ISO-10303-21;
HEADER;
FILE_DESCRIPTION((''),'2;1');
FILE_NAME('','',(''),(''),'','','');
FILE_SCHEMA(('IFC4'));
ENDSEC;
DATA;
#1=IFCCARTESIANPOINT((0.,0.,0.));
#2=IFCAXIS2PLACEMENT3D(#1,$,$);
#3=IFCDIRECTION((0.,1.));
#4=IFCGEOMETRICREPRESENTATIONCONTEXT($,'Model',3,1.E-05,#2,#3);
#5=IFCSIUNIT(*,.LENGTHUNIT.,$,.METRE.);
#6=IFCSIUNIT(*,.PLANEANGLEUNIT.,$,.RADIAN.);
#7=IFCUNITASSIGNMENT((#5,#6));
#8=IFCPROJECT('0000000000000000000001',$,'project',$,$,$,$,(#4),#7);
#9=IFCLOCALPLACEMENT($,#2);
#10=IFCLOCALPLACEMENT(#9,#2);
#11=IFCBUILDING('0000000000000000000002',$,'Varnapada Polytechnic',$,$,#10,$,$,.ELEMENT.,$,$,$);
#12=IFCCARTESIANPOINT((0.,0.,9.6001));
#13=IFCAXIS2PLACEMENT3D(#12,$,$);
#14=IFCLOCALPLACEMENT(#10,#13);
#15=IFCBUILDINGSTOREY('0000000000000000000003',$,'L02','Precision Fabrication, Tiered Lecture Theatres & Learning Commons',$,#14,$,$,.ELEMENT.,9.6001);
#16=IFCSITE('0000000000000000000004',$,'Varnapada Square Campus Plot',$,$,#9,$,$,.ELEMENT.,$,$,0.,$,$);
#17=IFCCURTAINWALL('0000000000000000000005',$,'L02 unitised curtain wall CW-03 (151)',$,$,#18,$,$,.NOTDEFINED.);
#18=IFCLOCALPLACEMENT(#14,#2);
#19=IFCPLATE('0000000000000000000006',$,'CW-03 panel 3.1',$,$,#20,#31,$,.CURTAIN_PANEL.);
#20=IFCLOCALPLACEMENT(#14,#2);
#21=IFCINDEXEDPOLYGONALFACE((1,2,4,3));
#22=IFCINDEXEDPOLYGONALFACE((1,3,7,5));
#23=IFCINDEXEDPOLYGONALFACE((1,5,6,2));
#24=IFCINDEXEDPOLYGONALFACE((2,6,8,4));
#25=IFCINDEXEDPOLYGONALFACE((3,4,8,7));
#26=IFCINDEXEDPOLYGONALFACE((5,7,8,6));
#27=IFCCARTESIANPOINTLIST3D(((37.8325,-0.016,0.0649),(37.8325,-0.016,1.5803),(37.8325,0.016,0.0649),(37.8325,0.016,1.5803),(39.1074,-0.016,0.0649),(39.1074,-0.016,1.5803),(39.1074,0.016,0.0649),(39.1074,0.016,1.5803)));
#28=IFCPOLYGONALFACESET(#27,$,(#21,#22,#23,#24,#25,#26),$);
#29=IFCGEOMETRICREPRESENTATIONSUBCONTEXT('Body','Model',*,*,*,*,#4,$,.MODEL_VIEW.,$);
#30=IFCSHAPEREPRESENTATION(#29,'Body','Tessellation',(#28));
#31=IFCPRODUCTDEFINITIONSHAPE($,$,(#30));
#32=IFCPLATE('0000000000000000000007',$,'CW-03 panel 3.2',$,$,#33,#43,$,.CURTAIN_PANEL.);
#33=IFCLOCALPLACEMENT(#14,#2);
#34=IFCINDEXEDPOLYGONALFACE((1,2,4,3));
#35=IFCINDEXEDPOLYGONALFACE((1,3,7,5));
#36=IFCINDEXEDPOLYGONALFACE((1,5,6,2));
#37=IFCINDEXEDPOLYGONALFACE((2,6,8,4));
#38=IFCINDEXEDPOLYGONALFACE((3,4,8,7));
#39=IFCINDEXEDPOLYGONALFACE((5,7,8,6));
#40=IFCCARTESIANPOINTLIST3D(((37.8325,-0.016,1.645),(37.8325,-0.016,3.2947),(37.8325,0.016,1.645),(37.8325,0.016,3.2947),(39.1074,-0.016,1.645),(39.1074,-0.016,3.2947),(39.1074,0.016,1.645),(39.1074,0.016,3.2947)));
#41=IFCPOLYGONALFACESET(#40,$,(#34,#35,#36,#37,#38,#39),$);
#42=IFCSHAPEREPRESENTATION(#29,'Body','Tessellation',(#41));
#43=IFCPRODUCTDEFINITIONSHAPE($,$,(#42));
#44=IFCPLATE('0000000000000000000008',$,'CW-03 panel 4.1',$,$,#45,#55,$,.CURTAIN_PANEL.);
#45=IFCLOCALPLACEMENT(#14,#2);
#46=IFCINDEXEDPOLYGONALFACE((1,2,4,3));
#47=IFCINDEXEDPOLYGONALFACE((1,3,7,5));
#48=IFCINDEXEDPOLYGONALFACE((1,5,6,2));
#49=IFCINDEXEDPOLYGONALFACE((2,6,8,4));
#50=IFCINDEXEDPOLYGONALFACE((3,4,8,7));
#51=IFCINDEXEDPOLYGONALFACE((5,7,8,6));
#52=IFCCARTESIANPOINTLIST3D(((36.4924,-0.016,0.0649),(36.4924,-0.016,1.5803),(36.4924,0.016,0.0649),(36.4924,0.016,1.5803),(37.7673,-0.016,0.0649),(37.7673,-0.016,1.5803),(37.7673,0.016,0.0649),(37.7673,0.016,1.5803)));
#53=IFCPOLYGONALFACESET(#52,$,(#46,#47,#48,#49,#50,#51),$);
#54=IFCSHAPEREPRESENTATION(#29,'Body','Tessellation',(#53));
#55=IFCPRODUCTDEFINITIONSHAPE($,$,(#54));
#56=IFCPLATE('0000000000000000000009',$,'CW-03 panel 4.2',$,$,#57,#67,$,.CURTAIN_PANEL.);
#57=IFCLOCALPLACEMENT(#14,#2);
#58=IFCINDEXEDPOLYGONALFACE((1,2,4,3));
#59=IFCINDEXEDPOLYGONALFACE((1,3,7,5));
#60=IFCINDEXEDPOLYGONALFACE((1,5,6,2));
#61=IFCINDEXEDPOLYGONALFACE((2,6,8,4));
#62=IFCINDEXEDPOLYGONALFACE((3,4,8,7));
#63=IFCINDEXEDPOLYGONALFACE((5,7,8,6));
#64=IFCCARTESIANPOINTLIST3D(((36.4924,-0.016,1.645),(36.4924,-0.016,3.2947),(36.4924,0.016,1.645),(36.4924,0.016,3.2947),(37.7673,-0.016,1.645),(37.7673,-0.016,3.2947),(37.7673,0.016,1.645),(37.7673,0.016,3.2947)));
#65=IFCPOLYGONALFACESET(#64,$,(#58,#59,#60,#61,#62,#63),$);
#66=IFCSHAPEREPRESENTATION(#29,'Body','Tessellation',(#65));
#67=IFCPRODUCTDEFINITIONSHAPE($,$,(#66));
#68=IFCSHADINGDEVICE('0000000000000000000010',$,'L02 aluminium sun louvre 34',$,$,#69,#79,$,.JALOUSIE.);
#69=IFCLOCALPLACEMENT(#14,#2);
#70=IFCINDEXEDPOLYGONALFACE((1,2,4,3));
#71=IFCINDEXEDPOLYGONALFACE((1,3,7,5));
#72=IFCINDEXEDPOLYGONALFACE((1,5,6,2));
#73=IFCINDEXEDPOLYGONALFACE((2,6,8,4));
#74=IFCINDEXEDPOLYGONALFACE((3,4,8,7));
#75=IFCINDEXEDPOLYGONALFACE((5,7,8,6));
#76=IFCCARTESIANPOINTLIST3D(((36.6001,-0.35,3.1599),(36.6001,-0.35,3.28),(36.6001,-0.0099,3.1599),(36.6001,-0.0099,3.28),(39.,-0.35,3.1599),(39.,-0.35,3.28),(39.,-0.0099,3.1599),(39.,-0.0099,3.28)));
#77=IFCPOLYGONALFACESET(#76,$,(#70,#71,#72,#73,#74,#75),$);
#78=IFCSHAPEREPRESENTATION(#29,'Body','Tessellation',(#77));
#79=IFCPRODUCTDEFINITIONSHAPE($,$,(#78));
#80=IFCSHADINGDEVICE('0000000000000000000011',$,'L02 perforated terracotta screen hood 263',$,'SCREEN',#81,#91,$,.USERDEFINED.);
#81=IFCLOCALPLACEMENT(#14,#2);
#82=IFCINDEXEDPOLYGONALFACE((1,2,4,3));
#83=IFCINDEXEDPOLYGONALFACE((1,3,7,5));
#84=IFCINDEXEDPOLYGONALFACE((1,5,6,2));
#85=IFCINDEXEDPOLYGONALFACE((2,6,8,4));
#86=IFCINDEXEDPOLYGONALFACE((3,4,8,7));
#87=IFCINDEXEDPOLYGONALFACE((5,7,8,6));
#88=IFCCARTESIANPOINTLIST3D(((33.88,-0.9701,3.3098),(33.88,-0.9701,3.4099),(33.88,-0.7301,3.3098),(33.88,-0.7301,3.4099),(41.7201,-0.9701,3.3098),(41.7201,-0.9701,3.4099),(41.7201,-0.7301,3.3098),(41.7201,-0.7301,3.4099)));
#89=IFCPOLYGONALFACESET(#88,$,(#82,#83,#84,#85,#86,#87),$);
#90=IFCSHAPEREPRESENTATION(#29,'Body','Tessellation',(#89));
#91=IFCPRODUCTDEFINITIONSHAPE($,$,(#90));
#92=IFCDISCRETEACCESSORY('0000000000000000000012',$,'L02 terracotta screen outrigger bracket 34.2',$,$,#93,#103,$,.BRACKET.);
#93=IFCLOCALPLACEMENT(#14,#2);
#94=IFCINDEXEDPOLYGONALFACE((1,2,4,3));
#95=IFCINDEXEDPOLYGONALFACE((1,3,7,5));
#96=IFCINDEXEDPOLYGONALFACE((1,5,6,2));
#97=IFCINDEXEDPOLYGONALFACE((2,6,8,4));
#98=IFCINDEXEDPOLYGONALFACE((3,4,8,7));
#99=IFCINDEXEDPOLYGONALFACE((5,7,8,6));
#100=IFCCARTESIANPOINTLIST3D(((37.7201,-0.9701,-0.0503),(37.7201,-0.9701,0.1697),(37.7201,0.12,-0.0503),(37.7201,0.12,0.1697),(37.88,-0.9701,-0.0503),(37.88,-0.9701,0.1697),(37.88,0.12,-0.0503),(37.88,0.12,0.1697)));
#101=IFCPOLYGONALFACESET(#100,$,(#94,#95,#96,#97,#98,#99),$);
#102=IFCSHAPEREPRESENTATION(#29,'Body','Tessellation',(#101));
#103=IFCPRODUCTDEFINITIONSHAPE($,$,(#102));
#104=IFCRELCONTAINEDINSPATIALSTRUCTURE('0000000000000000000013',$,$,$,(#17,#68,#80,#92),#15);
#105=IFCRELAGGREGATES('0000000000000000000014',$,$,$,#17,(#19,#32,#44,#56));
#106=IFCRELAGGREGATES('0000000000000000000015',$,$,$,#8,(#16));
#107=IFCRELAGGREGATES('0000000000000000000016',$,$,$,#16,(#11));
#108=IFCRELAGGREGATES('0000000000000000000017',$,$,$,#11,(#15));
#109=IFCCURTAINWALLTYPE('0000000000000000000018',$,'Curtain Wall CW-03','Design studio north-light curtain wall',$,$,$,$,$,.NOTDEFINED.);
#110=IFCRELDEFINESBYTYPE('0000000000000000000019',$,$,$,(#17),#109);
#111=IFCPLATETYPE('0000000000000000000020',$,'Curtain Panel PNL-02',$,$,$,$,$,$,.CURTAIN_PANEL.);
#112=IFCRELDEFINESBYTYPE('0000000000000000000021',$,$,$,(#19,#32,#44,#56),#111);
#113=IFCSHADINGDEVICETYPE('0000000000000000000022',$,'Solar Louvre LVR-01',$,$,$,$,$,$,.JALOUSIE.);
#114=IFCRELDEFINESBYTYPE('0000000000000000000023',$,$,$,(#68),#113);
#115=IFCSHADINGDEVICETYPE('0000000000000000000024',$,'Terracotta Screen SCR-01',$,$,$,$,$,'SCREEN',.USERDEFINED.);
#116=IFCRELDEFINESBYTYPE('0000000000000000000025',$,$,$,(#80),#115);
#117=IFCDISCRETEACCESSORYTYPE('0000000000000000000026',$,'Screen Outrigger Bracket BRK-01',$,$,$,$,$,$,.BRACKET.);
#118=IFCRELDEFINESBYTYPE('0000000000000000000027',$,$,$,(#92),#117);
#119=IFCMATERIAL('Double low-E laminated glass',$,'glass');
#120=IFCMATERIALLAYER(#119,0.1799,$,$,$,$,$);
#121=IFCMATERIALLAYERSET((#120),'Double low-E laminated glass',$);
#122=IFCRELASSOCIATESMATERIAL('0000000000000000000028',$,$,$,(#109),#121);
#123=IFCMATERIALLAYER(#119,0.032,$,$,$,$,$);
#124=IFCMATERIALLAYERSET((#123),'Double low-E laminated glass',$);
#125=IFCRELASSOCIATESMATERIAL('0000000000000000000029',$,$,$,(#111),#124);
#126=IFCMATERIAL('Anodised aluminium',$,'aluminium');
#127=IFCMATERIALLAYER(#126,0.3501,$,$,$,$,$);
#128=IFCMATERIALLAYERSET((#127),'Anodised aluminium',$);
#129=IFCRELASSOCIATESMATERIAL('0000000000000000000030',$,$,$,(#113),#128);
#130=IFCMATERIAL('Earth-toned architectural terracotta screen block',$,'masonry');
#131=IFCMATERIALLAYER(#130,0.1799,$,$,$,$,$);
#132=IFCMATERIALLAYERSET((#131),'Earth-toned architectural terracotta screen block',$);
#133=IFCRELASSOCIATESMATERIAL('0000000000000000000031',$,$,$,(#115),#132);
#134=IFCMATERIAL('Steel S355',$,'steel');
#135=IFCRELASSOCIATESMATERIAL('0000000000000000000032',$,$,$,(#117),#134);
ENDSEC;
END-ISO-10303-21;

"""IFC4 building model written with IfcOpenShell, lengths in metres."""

from ifc_helpers import new_model, si_unit, direction, frame, origin, origin_2d, place, context, subcontext, project, spatial, rectangle, extrude, material, layer, layer_set, type_object, element, aggregate, save


model = new_model("IFC4")

# Units and contexts
model_context = context("Model", 3, precision=1e-05, world=origin(), true_north=direction((0.0, 1.0)))
body_context = subcontext(model_context, "Body", "Model", "MODEL_VIEW")
ifc_project = project(units=[si_unit("LENGTHUNIT", "METRE"), si_unit("PLANEANGLEUNIT", "RADIAN")], contexts=[model_context])

# Site, building, storey
site_placement = place(None, origin())
site = spatial("IfcSite", under=ifc_project, at=site_placement, Name="Varnapada Square Campus Plot", CompositionType="ELEMENT", RefElevation=0.0)
building_placement = place(site_placement, origin())
building = spatial("IfcBuilding", under=site, at=building_placement, Name="Varnapada Polytechnic", CompositionType="ELEMENT")
storey_placement = place(building_placement, frame((0.0, 0.0, 9.6001)))
storey = spatial("IfcBuildingStorey", under=building, at=storey_placement, Name="L02", Description="Precision Fabrication, Tiered Lecture Theatres & Learning Commons", CompositionType="ELEMENT", Elevation=9.6001)

# Curtain wall, plates
ifc_material_1 = material(Name="Double low-E laminated glass", Category="glass")
ifc_layer_1 = layer(ifc_material_1, 0.1799)
ifc_layer_set_1 = layer_set([ifc_layer_1], Name="Double low-E laminated glass")
curtain_wall_type = type_object("IfcCurtainWallType", Name="Curtain Wall CW-03", Description="Design studio north-light curtain wall", PredefinedType="NOTDEFINED", material=ifc_layer_set_1)
curtain_wall_placement = place(storey_placement, origin())
curtain_wall = element("IfcCurtainWall", 1, at=curtain_wall_placement, inside=storey, type_object=curtain_wall_type, Name="L02 unitised curtain wall CW-03 (151)", PredefinedType="NOTDEFINED")
ifc_material_2 = material(Name="Anodised aluminium", Category="aluminium")
ifc_layer_2 = layer(ifc_material_1, 0.032)
ifc_layer_set_2 = layer_set([ifc_layer_2], Name="Double low-E laminated glass")
plate_type = type_object("IfcPlateType", Name="Curtain Panel PNL-02", PredefinedType="CURTAIN_PANEL", material=ifc_layer_set_2)
plate_1_placement = place(storey_placement, frame((38.47, 0.0, 0.0649), z_axis=(0.0, 0.0, 1.0), x_axis=(-1.0, 0.0, 0.0)))
plate_1 = element("IfcPlate", 2, at=plate_1_placement, type_object=plate_type, Name="CW-03 panel 3.1", PredefinedType="CURTAIN_PANEL", context=body_context, shape_type="SweptSolid", body=[
    extrude(rectangle(XDim=1.2749, YDim=0.032, at=origin_2d()), origin(), (0.0, 0.0, 1.0), 1.5154),
])
plate_2_placement = place(storey_placement, frame((38.47, 0.0, 1.645), z_axis=(0.0, 0.0, 1.0), x_axis=(-1.0, 0.0, 0.0)))
plate_2 = element("IfcPlate", 3, at=plate_2_placement, type_object=plate_type, Name="CW-03 panel 3.2", PredefinedType="CURTAIN_PANEL", context=body_context, shape_type="SweptSolid", body=[
    extrude(rectangle(XDim=1.2749, YDim=0.032, at=origin_2d()), origin(), (0.0, 0.0, 1.0), 1.6497),
])
plate_3_placement = place(storey_placement, frame((37.1299, 0.0, 0.0649), z_axis=(0.0, 0.0, 1.0), x_axis=(-1.0, 0.0, 0.0)))
plate_3 = element("IfcPlate", 4, at=plate_3_placement, type_object=plate_type, Name="CW-03 panel 4.1", PredefinedType="CURTAIN_PANEL", context=body_context, shape_type="SweptSolid", body=[
    extrude(rectangle(XDim=1.2749, YDim=0.032, at=origin_2d()), origin(), (0.0, 0.0, 1.0), 1.5154),
])
plate_4_placement = place(storey_placement, frame((37.1299, 0.0, 1.645), z_axis=(0.0, 0.0, 1.0), x_axis=(-1.0, 0.0, 0.0)))
plate_4 = element("IfcPlate", 5, at=plate_4_placement, type_object=plate_type, Name="CW-03 panel 4.2", PredefinedType="CURTAIN_PANEL", context=body_context, shape_type="SweptSolid", body=[
    extrude(rectangle(XDim=1.2749, YDim=0.032, at=origin_2d()), origin(), (0.0, 0.0, 1.0), 1.6497),
])
aggregate(curtain_wall, [plate_1, plate_2, plate_3, plate_4])

# Shading devices
ifc_layer_3 = layer(ifc_material_2, 0.3501)
ifc_layer_set_3 = layer_set([ifc_layer_3], Name="Anodised aluminium")
shading_device_type_1 = type_object("IfcShadingDeviceType", Name="Solar Louvre LVR-01", PredefinedType="JALOUSIE", material=ifc_layer_set_3)
shading_device_1_placement = place(storey_placement, frame((37.8, -0.1799, 3.1599), z_axis=(0.0, 0.0, 1.0), x_axis=(-1.0, 0.0, 0.0)))
element("IfcShadingDevice", 6, at=shading_device_1_placement, inside=storey, type_object=shading_device_type_1, Name="L02 aluminium sun louvre 34", PredefinedType="JALOUSIE", context=body_context, shape_type="SweptSolid", body=[
    extrude(rectangle(XDim=2.3999, YDim=0.3401, at=origin_2d()), origin(), (0.0, 0.0, 1.0), 0.1201),
])
ifc_material_3 = material(Name="Earth-toned architectural terracotta screen block", Category="masonry")
ifc_layer_4 = layer(ifc_material_3, 0.1799)
ifc_layer_set_4 = layer_set([ifc_layer_4], Name="Earth-toned architectural terracotta screen block")
shading_device_type_2 = type_object("IfcShadingDeviceType", Name="Terracotta Screen SCR-01", ElementType="SCREEN", PredefinedType="USERDEFINED", material=ifc_layer_set_4)
shading_device_2_placement = place(storey_placement, frame((37.8, -0.8501, 3.3098), z_axis=(0.0, 0.0, 1.0), x_axis=(-1.0, 0.0, 0.0)))
element("IfcShadingDevice", 7, at=shading_device_2_placement, inside=storey, type_object=shading_device_type_2, Name="L02 perforated terracotta screen hood 263", ObjectType="SCREEN", PredefinedType="USERDEFINED", context=body_context, shape_type="SweptSolid", body=[
    extrude(rectangle(XDim=7.8401, YDim=0.24, at=origin_2d()), origin(), (0.0, 0.0, 1.0), 0.1001),
])

# Discrete accessory
ifc_material_4 = material(Name="Steel S355", Category="steel")
discrete_accessory_type = type_object("IfcDiscreteAccessoryType", Name="Screen Outrigger Bracket BRK-01", PredefinedType="BRACKET", material=ifc_material_4)
discrete_accessory_placement = place(storey_placement, frame((37.8, -0.425, -0.0503), z_axis=(0.0, 0.0, 1.0), x_axis=(-1.0, 0.0, 0.0)))
element("IfcDiscreteAccessory", 8, at=discrete_accessory_placement, inside=storey, type_object=discrete_accessory_type, Name="L02 terracotta screen outrigger bracket 34.2", PredefinedType="BRACKET", context=body_context, shape_type="SweptSolid", body=[
    extrude(rectangle(XDim=0.1599, YDim=1.0901, at=origin_2d()), origin(), (0.0, 0.0, 1.0), 0.22),
])

save(model, "model.ifc")
